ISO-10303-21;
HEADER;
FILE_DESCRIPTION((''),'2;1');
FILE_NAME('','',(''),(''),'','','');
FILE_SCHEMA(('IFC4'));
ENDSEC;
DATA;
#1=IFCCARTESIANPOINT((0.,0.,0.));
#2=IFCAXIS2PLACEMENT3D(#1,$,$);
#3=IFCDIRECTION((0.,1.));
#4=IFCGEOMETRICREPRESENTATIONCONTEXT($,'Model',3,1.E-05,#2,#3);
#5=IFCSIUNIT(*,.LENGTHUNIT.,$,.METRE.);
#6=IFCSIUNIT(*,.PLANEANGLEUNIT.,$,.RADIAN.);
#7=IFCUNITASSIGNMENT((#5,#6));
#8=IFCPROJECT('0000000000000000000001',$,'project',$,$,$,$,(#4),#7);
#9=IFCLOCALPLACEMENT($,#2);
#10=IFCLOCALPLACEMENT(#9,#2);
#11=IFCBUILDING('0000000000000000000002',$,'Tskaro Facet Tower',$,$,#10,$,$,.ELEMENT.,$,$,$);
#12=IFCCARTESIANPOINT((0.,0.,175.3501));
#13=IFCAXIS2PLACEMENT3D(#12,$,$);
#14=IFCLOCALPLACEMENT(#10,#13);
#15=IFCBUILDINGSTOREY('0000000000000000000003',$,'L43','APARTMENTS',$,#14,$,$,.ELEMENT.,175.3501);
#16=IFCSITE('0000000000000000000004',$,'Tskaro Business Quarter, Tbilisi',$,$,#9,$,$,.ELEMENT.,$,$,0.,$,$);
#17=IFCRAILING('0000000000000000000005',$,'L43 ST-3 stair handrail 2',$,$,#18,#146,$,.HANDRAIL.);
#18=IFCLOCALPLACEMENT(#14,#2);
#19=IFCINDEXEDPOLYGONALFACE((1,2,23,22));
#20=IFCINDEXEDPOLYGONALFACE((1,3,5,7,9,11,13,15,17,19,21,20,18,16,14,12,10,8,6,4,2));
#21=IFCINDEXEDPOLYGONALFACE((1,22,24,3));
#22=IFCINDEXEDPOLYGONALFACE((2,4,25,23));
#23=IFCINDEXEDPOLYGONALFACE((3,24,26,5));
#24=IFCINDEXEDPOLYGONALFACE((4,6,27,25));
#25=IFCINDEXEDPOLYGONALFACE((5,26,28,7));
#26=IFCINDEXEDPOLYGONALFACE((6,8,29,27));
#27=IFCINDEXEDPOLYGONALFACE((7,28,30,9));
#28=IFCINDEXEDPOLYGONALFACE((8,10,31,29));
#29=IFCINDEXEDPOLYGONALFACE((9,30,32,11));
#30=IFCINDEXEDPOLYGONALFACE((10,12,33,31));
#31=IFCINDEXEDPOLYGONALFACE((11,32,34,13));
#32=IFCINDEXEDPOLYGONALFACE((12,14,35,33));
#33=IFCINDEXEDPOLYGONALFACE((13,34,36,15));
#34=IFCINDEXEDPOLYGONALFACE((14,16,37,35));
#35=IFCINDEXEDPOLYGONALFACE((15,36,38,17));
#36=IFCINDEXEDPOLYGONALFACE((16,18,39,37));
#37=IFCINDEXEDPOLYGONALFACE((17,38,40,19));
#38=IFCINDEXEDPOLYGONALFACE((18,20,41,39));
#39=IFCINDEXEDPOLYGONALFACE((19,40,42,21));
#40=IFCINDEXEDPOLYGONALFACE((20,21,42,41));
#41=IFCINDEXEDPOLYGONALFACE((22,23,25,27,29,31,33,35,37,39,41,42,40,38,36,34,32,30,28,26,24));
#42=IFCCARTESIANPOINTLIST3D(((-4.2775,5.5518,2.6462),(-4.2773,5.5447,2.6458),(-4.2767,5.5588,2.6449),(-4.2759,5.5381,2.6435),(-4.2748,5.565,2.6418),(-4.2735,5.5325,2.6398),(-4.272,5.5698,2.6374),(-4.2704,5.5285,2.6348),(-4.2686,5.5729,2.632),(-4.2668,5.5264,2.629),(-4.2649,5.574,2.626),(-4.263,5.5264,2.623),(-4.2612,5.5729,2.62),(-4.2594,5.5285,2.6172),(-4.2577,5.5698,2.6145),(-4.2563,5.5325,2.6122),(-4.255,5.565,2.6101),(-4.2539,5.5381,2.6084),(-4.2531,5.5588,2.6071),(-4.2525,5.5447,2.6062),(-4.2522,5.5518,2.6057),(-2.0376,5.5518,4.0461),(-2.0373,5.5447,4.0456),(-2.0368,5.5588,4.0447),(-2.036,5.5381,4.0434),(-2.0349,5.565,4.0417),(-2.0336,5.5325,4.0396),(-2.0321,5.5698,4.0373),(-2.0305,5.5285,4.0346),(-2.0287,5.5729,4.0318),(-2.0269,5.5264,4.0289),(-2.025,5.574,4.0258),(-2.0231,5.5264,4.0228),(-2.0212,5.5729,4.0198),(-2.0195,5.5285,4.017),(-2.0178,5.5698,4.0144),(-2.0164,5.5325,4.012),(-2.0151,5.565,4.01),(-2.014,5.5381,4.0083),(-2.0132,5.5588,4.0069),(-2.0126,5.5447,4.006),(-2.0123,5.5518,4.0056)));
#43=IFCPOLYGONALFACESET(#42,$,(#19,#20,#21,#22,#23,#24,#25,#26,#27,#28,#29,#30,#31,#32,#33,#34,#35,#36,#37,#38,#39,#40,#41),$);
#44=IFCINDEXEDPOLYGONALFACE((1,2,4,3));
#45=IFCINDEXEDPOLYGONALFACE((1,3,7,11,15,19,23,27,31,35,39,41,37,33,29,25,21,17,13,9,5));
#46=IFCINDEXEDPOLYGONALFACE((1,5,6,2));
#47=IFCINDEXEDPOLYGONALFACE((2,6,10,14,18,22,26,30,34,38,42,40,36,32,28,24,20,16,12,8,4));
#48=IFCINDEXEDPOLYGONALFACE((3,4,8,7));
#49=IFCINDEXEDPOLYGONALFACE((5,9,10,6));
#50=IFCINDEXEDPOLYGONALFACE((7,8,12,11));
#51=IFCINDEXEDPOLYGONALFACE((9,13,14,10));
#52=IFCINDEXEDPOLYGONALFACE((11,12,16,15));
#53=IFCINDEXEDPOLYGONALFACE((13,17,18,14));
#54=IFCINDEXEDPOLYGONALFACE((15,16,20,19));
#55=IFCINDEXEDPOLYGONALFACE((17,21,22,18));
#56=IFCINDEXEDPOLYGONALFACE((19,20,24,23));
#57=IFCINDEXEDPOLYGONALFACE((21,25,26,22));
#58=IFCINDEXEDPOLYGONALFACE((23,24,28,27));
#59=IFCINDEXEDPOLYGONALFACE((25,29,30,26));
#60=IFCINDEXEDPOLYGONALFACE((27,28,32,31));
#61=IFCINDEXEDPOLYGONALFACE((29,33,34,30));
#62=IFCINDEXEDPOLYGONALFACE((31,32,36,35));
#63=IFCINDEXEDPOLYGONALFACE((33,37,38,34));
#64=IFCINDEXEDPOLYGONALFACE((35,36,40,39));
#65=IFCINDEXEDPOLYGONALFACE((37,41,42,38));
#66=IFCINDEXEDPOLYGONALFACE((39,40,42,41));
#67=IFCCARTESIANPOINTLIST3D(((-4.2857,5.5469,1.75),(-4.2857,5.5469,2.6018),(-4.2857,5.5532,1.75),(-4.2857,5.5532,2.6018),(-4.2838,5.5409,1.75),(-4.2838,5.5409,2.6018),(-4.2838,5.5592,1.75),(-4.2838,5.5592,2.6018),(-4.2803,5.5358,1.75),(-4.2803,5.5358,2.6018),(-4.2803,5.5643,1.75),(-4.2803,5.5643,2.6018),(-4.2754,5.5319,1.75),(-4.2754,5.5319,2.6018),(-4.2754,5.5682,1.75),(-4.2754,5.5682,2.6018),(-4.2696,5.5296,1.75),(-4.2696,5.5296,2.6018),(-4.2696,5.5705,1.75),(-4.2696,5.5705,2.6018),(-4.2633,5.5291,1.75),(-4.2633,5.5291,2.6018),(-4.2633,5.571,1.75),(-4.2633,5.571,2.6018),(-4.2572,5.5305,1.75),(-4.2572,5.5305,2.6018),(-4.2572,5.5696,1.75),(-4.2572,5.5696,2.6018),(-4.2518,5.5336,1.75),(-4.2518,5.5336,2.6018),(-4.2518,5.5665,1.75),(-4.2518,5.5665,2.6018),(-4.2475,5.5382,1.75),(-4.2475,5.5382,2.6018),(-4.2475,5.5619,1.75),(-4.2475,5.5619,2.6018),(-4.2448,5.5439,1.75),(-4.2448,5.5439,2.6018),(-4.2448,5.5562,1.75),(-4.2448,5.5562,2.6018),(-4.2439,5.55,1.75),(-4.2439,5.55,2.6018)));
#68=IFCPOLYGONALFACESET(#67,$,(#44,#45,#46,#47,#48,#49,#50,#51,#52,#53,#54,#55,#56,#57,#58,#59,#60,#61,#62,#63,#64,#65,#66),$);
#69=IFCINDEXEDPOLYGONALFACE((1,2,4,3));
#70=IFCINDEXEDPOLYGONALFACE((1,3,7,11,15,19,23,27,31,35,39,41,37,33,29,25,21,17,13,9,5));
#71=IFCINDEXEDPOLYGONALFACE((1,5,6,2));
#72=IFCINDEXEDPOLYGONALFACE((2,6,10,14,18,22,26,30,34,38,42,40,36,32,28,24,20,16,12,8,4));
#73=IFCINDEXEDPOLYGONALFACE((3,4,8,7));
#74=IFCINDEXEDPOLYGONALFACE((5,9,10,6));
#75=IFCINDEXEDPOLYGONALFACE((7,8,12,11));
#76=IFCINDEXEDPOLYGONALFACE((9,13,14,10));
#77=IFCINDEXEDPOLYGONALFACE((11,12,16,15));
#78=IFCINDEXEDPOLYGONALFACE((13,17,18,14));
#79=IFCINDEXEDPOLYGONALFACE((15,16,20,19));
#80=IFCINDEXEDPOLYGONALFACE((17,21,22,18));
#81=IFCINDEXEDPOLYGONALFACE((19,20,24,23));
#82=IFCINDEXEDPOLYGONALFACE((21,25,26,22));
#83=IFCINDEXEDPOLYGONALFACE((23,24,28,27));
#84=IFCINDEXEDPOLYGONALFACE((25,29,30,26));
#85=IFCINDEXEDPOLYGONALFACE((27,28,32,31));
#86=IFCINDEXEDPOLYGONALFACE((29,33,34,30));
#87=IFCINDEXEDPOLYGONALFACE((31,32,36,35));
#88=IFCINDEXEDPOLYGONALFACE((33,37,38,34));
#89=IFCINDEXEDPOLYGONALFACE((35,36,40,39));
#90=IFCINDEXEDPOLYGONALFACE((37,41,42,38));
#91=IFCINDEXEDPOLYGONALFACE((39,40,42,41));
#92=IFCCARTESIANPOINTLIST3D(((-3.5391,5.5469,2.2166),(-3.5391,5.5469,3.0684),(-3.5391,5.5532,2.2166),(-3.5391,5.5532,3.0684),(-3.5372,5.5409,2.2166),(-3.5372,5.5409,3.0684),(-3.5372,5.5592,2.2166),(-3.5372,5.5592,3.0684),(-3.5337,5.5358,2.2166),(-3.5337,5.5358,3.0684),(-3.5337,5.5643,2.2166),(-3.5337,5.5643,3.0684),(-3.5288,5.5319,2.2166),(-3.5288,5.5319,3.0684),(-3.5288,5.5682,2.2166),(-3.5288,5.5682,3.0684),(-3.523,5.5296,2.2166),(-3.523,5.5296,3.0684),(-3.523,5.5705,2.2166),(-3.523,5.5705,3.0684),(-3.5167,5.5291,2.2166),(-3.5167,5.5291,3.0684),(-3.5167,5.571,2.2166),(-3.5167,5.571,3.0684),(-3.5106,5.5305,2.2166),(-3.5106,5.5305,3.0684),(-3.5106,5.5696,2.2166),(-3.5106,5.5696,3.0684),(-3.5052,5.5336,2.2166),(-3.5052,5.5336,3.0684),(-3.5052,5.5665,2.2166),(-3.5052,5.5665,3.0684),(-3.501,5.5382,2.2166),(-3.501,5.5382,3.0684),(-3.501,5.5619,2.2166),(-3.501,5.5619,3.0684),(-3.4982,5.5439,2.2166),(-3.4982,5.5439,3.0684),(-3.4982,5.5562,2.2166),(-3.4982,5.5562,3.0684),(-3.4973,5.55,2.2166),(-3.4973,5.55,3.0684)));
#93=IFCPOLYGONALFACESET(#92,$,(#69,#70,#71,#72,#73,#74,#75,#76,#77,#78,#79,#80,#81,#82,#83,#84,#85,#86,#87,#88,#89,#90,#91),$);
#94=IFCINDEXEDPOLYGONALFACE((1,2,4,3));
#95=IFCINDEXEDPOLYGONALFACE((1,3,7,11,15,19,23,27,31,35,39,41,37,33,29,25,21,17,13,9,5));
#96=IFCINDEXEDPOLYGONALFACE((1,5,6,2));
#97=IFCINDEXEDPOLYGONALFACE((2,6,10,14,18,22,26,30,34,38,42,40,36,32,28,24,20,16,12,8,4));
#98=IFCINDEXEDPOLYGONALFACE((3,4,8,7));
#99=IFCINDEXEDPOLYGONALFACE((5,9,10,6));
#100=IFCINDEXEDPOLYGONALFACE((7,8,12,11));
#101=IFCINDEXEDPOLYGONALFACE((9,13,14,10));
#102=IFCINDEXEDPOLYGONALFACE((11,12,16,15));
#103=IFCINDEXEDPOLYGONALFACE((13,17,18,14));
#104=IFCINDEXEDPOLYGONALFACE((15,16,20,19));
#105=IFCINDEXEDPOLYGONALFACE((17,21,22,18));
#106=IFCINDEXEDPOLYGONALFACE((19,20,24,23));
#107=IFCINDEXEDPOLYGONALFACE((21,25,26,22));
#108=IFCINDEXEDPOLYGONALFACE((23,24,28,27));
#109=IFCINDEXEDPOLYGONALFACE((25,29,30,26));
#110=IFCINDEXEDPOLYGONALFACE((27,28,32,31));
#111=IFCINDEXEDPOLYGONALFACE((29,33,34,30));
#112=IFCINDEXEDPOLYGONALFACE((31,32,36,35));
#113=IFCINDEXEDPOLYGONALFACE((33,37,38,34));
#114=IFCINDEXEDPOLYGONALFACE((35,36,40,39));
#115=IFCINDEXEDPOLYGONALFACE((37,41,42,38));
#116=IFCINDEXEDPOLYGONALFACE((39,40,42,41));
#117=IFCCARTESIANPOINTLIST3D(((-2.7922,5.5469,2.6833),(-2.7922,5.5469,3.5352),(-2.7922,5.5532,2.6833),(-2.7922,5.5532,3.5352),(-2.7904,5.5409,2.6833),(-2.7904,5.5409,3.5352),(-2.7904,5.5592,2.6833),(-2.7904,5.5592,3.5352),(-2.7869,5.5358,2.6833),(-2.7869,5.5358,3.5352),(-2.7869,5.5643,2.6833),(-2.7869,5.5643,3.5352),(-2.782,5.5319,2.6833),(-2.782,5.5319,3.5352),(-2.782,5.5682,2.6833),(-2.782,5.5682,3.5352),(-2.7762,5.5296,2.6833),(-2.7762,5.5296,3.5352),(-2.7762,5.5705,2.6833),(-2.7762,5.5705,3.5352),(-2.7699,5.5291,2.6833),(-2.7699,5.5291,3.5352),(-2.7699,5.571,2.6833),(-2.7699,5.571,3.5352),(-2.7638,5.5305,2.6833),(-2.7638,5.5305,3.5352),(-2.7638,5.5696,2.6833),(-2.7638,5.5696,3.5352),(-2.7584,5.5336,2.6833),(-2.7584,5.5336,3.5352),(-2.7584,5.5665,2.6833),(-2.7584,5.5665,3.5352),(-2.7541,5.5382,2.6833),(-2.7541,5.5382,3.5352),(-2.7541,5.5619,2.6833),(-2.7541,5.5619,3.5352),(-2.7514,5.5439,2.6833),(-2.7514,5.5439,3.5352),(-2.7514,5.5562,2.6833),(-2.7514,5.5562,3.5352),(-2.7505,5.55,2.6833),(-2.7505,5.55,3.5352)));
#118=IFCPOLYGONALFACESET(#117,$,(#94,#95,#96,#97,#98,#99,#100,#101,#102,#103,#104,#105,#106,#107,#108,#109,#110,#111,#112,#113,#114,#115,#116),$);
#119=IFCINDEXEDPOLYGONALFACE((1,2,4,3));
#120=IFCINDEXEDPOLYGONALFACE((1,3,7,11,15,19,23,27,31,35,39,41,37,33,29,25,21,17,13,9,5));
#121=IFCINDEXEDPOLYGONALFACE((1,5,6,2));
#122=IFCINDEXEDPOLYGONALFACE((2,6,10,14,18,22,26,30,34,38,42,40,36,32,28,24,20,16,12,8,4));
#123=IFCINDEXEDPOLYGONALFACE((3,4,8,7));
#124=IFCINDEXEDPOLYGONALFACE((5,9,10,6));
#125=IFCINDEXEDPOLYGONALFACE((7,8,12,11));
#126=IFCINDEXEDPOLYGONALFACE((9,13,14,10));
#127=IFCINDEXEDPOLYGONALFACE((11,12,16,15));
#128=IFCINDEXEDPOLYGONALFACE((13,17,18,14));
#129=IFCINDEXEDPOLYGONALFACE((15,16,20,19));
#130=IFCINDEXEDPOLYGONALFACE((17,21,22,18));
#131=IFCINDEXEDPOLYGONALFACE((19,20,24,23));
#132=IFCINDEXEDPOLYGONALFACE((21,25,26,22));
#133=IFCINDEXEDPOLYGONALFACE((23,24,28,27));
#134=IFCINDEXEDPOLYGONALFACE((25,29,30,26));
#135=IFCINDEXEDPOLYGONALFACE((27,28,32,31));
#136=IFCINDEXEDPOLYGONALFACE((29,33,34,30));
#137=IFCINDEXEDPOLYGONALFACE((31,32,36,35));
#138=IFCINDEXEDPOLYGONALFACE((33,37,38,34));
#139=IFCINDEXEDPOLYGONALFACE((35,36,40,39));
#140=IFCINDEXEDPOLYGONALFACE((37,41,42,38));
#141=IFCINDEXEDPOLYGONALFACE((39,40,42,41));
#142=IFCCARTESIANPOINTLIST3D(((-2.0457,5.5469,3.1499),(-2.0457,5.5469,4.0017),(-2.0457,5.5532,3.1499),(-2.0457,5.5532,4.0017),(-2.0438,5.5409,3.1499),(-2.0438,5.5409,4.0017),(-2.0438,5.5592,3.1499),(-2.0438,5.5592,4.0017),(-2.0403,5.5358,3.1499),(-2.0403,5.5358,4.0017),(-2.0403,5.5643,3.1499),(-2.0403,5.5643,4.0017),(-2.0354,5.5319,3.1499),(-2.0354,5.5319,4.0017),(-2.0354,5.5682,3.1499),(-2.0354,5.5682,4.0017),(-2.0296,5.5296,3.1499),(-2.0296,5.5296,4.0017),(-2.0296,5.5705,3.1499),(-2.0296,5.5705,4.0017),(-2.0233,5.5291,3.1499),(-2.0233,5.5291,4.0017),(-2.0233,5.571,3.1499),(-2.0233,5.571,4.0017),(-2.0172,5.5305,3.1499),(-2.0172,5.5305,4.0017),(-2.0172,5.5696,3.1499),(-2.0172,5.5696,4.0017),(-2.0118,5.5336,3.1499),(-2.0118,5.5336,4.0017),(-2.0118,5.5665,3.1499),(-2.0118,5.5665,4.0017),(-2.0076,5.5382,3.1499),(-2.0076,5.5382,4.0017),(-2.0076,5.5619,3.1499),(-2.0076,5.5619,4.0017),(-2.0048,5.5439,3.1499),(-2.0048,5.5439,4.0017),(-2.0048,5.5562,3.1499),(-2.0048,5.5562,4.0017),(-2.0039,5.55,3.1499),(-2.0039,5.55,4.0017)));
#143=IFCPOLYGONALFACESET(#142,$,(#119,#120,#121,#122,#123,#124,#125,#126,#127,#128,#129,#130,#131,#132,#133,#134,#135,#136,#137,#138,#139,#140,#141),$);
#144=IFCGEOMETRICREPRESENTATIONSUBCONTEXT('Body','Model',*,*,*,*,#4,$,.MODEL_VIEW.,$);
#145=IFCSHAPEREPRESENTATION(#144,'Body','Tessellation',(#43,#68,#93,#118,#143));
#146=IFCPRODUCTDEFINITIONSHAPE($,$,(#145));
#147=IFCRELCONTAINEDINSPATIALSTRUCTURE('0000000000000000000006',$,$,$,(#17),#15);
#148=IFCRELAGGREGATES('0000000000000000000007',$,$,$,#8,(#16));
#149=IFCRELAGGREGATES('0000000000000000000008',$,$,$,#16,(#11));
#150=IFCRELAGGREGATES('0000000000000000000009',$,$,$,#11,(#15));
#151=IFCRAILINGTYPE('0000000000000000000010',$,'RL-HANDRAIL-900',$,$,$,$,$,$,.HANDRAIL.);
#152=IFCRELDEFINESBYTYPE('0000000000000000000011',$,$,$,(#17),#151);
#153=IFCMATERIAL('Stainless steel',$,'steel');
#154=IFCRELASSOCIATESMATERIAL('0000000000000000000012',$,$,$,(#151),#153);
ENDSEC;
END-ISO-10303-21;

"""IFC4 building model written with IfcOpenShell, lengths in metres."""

from ifc_helpers import new_model, si_unit, direction, frame, origin, origin_2d, place, context, subcontext, project, spatial, circle, extrude, material, type_object, element, save


model = new_model("IFC4")

# Units and contexts
model_context = context("Model", 3, precision=1e-05, world=origin(), true_north=direction((0.0, 1.0)))
body_context = subcontext(model_context, "Body", "Model", "MODEL_VIEW")
ifc_project = project(units=[si_unit("LENGTHUNIT", "METRE"), si_unit("PLANEANGLEUNIT", "RADIAN")], contexts=[model_context])

# Site, building, storey
site_placement = place(None, origin())
site = spatial("IfcSite", under=ifc_project, at=site_placement, Name="Tskaro Business Quarter, Tbilisi", CompositionType="ELEMENT", RefElevation=0.0)
building_placement = place(site_placement, origin())
building = spatial("IfcBuilding", under=site, at=building_placement, Name="Tskaro Facet Tower", CompositionType="ELEMENT")
storey_placement = place(building_placement, frame((0.0, 0.0, 175.3501)))
storey = spatial("IfcBuildingStorey", under=building, at=storey_placement, Name="L43", Description="APARTMENTS", CompositionType="ELEMENT", Elevation=175.3501)

# Railing
ifc_material_1 = material(Name="Stainless steel", Category="steel")
railing_type_1 = type_object("IfcRailingType", Name="RL-HANDRAIL-900", PredefinedType="HANDRAIL", material=ifc_material_1)
railing_1_placement = place(storey_placement, frame((-4.2649, 5.55, 1.75)))
element("IfcRailing", 1, at=railing_1_placement, inside=storey, type_object=railing_type_1, Name="L43 ST-3 stair handrail 2", PredefinedType="HANDRAIL", context=body_context, shape_type="SweptSolid", body=[
    extrude(circle(Radius=0.0239, at=origin_2d()), frame((0.0, 0.0, 0.876), z_axis=(0.848014, 0.0, 0.529974), x_axis=(0.0, 1.0, 0.0)), (0.0, 0.0, 1.0), 2.6414),
    extrude(circle(Radius=0.021, at=origin_2d()), origin(), (0.0, 0.0, 1.0), 0.8518),
    extrude(circle(Radius=0.021, at=origin_2d()), frame((0.7466, 0.0, 0.4666)), (0.0, 0.0, 1.0), 0.8518),
    extrude(circle(Radius=0.021, at=origin_2d()), frame((1.4934, 0.0, 0.9333)), (0.0, 0.0, 1.0), 0.8518),
    extrude(circle(Radius=0.021, at=origin_2d()), frame((2.24, 0.0, 1.3999)), (0.0, 0.0, 1.0), 0.8518),
])

save(model, "model.ifc")
